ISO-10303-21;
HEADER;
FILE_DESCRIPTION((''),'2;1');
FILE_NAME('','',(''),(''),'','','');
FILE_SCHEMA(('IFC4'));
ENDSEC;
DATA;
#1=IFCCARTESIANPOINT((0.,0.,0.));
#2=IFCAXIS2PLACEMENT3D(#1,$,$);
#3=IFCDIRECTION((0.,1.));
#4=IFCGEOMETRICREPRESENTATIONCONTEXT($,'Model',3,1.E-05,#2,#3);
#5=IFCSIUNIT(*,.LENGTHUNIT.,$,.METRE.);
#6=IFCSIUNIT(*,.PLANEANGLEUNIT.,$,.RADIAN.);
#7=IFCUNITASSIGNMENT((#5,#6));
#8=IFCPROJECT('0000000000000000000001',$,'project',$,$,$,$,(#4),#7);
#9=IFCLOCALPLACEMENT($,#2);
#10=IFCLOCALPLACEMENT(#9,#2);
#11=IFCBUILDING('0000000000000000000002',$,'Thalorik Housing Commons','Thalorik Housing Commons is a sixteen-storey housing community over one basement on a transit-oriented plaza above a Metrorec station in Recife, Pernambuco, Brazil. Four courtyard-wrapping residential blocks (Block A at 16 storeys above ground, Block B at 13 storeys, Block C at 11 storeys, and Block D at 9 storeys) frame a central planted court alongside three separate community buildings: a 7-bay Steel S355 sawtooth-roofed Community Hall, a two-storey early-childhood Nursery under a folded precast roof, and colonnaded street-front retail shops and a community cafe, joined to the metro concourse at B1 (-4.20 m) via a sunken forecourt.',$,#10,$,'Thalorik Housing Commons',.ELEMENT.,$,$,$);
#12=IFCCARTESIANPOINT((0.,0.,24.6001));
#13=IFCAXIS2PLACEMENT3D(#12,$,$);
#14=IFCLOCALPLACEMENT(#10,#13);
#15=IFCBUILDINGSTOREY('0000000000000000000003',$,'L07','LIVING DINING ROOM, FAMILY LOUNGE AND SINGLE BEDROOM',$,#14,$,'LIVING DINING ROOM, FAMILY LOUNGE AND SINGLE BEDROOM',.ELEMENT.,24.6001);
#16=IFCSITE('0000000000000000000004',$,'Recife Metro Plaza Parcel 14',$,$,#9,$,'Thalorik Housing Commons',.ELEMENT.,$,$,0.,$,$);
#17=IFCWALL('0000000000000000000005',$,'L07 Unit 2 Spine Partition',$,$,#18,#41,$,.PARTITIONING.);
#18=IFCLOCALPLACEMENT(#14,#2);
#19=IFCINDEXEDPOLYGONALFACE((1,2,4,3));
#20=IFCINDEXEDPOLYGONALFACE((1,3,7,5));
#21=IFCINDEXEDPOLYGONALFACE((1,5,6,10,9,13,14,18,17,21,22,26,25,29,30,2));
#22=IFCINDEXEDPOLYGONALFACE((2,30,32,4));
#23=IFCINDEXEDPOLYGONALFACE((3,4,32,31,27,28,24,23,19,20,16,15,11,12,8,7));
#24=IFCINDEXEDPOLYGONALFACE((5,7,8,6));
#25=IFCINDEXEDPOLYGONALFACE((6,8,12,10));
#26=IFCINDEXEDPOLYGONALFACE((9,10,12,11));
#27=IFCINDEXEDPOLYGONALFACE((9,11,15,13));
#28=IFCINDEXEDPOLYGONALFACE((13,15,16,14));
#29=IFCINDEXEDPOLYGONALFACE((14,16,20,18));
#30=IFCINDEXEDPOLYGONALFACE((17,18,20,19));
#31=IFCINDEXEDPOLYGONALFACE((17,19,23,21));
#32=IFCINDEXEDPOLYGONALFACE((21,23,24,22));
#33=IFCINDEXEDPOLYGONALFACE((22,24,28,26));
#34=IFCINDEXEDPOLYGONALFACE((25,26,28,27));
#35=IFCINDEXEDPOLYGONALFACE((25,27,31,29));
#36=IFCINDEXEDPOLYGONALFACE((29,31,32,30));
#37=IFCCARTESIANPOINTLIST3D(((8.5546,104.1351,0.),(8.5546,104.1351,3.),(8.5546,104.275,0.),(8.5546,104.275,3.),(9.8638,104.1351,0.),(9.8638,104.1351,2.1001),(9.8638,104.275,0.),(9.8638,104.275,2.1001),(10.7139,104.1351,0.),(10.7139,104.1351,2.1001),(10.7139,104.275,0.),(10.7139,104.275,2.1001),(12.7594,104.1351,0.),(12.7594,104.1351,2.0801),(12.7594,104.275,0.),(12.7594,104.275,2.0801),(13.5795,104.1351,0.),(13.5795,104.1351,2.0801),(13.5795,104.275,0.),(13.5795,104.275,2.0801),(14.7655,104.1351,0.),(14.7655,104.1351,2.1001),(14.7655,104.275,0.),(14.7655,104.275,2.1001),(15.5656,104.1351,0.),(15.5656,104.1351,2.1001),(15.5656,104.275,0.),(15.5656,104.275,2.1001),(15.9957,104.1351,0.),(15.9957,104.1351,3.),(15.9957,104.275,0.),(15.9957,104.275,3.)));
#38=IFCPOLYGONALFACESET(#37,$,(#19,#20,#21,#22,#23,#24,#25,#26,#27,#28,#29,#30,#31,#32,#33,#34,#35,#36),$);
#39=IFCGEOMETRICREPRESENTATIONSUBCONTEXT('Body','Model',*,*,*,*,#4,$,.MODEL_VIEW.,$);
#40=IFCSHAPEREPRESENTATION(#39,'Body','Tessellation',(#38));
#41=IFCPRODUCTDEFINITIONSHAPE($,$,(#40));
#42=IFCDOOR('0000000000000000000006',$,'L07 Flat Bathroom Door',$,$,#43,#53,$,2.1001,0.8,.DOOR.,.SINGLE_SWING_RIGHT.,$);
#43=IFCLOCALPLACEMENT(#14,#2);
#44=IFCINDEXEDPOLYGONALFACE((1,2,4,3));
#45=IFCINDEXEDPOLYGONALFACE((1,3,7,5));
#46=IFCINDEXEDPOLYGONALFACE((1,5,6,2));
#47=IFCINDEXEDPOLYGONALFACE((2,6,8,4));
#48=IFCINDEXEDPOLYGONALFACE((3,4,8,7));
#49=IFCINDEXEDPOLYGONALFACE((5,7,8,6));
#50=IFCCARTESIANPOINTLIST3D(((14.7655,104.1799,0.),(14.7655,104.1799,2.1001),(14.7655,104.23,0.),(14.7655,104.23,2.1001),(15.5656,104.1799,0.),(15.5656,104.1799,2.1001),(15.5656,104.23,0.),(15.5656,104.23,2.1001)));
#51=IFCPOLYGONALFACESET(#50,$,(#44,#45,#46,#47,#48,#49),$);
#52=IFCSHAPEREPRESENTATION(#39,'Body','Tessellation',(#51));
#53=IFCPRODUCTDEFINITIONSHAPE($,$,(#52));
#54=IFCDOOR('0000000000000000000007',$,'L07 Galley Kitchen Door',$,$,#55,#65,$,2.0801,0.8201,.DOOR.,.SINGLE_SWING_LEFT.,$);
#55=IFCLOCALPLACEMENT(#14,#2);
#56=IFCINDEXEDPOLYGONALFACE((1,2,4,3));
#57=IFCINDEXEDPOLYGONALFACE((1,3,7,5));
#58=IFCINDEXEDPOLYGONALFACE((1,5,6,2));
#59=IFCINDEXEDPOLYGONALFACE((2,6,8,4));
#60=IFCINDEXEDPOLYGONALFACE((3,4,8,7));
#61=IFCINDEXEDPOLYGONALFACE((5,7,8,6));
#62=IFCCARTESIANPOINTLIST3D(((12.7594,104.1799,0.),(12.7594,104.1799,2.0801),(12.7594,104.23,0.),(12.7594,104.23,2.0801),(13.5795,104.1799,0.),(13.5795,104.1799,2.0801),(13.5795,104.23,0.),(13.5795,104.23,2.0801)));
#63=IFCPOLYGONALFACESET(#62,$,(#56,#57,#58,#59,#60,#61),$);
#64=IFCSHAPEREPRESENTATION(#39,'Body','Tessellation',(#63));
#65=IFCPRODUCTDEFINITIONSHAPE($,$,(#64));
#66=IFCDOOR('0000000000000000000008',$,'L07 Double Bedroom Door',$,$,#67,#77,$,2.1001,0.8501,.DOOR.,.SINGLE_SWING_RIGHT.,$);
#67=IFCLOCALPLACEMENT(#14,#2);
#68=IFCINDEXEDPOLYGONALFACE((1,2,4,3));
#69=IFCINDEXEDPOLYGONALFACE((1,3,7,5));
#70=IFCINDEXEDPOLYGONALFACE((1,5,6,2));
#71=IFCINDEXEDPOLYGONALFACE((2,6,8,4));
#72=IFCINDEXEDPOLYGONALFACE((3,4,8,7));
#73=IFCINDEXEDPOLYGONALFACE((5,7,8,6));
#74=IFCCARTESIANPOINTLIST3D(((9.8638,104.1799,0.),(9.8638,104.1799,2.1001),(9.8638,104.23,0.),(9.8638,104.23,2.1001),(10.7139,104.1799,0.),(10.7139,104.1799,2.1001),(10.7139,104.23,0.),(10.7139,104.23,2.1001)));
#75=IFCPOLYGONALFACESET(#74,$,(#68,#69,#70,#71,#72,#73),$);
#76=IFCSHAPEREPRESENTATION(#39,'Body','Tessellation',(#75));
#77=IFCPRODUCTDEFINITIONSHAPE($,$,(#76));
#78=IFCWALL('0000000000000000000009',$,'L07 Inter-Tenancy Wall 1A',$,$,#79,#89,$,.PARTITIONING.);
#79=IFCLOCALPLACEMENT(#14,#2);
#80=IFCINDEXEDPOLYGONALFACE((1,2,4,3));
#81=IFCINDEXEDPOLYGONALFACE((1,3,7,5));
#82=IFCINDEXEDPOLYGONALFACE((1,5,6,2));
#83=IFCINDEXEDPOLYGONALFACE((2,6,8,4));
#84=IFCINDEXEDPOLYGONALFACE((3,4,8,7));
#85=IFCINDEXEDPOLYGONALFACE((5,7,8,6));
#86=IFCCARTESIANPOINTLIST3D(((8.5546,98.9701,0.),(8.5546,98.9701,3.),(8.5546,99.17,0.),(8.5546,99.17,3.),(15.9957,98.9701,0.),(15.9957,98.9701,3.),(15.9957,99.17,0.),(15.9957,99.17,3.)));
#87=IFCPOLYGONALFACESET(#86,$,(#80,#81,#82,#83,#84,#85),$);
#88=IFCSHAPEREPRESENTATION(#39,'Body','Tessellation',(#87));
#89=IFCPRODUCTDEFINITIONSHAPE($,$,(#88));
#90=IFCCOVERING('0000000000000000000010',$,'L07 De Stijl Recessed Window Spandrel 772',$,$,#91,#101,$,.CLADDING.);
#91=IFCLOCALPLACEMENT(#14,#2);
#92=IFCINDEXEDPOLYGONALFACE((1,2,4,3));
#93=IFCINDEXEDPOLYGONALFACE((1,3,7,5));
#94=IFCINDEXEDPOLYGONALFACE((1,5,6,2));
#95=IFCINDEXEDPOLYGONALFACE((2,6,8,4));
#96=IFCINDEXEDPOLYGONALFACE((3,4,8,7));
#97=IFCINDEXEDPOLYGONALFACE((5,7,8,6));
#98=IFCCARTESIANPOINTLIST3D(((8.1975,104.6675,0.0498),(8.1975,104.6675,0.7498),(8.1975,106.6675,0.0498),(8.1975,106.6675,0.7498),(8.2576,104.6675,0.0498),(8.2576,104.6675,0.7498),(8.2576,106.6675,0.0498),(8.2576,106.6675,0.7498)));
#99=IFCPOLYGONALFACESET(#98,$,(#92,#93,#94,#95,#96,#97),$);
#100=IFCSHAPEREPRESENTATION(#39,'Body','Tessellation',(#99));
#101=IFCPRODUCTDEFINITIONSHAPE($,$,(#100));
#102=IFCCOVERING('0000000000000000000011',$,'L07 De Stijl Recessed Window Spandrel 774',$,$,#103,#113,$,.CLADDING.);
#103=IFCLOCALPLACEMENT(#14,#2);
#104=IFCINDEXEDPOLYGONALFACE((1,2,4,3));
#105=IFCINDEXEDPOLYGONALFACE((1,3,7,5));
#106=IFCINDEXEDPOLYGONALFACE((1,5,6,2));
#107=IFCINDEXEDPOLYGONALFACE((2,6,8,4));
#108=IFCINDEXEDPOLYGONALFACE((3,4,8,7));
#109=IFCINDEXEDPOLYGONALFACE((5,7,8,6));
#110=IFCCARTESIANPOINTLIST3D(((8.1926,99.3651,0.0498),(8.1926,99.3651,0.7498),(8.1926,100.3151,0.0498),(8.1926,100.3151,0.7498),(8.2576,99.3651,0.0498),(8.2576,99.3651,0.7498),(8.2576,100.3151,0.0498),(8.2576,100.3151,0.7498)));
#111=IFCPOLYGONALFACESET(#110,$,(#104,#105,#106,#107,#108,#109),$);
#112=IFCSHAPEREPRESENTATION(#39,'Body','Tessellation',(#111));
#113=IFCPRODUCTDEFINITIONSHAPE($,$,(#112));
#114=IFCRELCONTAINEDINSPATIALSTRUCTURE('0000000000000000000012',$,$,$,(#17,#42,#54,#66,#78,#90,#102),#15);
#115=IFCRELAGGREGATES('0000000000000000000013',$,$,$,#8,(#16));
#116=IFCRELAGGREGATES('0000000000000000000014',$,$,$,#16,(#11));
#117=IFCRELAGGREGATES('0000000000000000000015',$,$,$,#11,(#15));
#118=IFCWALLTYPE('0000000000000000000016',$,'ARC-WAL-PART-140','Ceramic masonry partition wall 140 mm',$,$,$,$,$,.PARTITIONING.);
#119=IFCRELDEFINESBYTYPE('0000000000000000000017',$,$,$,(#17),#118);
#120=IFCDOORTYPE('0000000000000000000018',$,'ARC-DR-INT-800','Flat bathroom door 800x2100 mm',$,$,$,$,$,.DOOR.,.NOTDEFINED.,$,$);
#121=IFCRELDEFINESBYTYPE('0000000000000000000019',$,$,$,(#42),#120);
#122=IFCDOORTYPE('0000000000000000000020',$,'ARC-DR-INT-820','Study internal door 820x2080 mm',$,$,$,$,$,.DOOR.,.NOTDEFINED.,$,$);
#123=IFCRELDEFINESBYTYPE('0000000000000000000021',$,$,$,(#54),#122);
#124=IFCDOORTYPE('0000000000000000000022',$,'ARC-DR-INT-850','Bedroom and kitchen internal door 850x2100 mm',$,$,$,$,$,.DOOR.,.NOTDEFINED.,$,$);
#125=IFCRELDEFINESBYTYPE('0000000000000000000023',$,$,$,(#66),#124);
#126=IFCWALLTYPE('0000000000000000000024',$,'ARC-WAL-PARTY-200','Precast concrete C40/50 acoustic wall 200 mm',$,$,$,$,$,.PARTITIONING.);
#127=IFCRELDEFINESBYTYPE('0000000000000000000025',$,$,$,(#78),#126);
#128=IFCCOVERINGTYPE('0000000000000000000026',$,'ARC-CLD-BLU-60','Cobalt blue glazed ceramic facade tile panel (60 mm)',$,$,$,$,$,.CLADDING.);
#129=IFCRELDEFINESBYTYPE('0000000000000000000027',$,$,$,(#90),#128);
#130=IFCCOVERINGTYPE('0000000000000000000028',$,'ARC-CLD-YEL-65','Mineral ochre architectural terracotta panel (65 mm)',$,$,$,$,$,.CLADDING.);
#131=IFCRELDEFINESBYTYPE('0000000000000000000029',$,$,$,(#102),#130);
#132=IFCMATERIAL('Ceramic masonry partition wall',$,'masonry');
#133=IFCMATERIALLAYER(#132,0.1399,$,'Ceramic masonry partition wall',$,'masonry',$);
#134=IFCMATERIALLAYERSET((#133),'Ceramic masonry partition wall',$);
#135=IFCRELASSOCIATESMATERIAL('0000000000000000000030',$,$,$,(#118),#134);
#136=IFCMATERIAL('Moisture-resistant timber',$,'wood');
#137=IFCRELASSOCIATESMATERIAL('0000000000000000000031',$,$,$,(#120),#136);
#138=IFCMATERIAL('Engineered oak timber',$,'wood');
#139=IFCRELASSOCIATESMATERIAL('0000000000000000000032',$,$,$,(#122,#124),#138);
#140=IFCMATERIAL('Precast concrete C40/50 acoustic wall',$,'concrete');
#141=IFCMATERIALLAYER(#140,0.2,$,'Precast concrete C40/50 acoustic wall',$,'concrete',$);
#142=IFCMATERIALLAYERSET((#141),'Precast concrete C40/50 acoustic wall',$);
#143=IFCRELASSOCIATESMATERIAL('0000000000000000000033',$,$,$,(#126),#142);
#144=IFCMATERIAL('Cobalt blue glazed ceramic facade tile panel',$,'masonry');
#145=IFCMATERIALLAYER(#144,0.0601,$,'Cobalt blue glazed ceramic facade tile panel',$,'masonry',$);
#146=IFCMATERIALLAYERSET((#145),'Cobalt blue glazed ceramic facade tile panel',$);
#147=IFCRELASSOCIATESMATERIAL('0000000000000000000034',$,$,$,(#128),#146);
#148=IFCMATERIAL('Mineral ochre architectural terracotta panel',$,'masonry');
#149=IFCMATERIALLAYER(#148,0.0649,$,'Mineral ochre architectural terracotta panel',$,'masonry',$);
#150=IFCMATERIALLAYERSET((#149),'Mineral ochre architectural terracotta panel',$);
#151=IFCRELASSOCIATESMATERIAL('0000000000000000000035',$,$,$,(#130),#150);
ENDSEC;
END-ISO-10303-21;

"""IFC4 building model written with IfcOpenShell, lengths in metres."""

from ifc_helpers import new_model, si_unit, direction, frame, frame_2d, origin, origin_2d, place, context, subcontext, project, spatial, rectangle, extrude, material, layer, layer_set, type_object, element, fill, save


model = new_model("IFC4")

# Units and contexts
model_context = context("Model", 3, precision=1e-05, world=origin(), true_north=direction((0.0, 1.0)))
body_context = subcontext(model_context, "Body", "Model", "MODEL_VIEW")
ifc_project = project(units=[si_unit("LENGTHUNIT", "METRE"), si_unit("PLANEANGLEUNIT", "RADIAN")], contexts=[model_context])

# Site, building, storey
site_placement = place(None, origin())
site = spatial("IfcSite", under=ifc_project, at=site_placement, Name="Recife Metro Plaza Parcel 14", LongName="Thalorik Housing Commons", CompositionType="ELEMENT", RefElevation=0.0)
building_placement = place(site_placement, origin())
building = spatial("IfcBuilding", under=site, at=building_placement, Name="Thalorik Housing Commons", Description="Thalorik Housing Commons is a sixteen-storey housing community over one basement on a transit-oriented plaza above a Metrorec station in Recife, Pernambuco, Brazil. Four courtyard-wrapping residential blocks (Block A at 16 storeys above ground, Block B at 13 storeys, Block C at 11 storeys, and Block D at 9 storeys) frame a central planted court alongside three separate community buildings: a 7-bay Steel S355 sawtooth-roofed Community Hall, a two-storey early-childhood Nursery under a folded precast roof, and colonnaded street-front retail shops and a community cafe, joined to the metro concourse at B1 (-4.20 m) via a sunken forecourt.", LongName="Thalorik Housing Commons", CompositionType="ELEMENT")
storey_placement = place(building_placement, frame((0.0, 0.0, 24.6001)))
storey = spatial("IfcBuildingStorey", under=building, at=storey_placement, Name="L07", Description="LIVING DINING ROOM, FAMILY LOUNGE AND SINGLE BEDROOM", LongName="LIVING DINING ROOM, FAMILY LOUNGE AND SINGLE BEDROOM", CompositionType="ELEMENT", Elevation=24.6001)

# Wall, openings, doors
ifc_material_1 = material(Name="Ceramic masonry partition wall", Category="masonry")
ifc_layer_1 = layer(ifc_material_1, 0.1399, Name="Ceramic masonry partition wall", Category="masonry")
ifc_layer_set_1 = layer_set([ifc_layer_1], Name="Ceramic masonry partition wall")
wall_type_1 = type_object("IfcWallType", Name="ARC-WAL-PART-140", Description="Ceramic masonry partition wall 140 mm", PredefinedType="PARTITIONING", material=ifc_layer_set_1)
wall_1_placement = place(storey_placement, frame((8.5544, 104.2051, 0.0), z_axis=(0.0, 0.0, 1.0), x_axis=(1.0, 0.0, 0.0)))
wall_1 = element("IfcWall", 1, at=wall_1_placement, inside=storey, type_object=wall_type_1, Name="L07 Unit 2 Spine Partition", PredefinedType="PARTITIONING", context=body_context, shape_type="SweptSolid", body=[
    extrude(rectangle(XDim=7.4412, YDim=0.1399, at=frame_2d((3.7207, 0.0))), origin(), (0.0, 0.0, 1.0), 3.0),
])
opening_1_placement = place(wall_1_placement, frame((1.3093, 0.0, 0.0)))
opening_1 = element("IfcOpeningElement", 2, at=opening_1_placement, cuts=wall_1, PredefinedType="OPENING", context=body_context, shape_type="SweptSolid", body=[
    extrude(rectangle(XDim=0.8501, YDim=2.1001, at=frame_2d((0.425, 1.05))), frame((0.0, 0.0801, 0.0), z_axis=(0.0, -1.0, 0.0), x_axis=(1.0, 0.0, 0.0)), (0.0, 0.0, 1.0), 0.1599),
])
opening_2_placement = place(wall_1_placement, frame((4.2048, 0.0, 0.0)))
opening_2 = element("IfcOpeningElement", 3, at=opening_2_placement, cuts=wall_1, PredefinedType="OPENING", context=body_context, shape_type="SweptSolid", body=[
    extrude(rectangle(XDim=0.8201, YDim=2.0801, at=frame_2d((0.4102, 1.04))), frame((0.0, 0.0801, 0.0), z_axis=(0.0, -1.0, 0.0), x_axis=(1.0, 0.0, 0.0)), (0.0, 0.0, 1.0), 0.1599),
])
opening_3_placement = place(wall_1_placement, frame((6.2112, 0.0, 0.0)))
opening_3 = element("IfcOpeningElement", 4, at=opening_3_placement, cuts=wall_1, PredefinedType="OPENING", context=body_context, shape_type="SweptSolid", body=[
    extrude(rectangle(XDim=0.8, YDim=2.1001, at=frame_2d((0.3999, 1.05))), frame((0.0, 0.0801, 0.0), z_axis=(0.0, -1.0, 0.0), x_axis=(1.0, 0.0, 0.0)), (0.0, 0.0, 1.0), 0.1599),
])
ifc_material_2 = material(Name="Moisture-resistant timber", Category="wood")
door_type_1 = type_object("IfcDoorType", Name="ARC-DR-INT-800", Description="Flat bathroom door 800x2100 mm", OperationType="NOTDEFINED", PredefinedType="DOOR", material=ifc_material_2)
door_1_placement = place(opening_3_placement, origin())
door_1 = element("IfcDoor", 5, at=door_1_placement, inside=storey, type_object=door_type_1, Name="L07 Flat Bathroom Door", OperationType="SINGLE_SWING_RIGHT", OverallHeight=2.1001, OverallWidth=0.8, PredefinedType="DOOR", context=body_context, shape_type="SweptSolid", body=[
    extrude(rectangle(XDim=0.8, YDim=2.1001, at=frame_2d((0.3999, 1.05))), frame((0.0, 0.0249, 0.0), z_axis=(0.0, -1.0, 0.0), x_axis=(1.0, 0.0, 0.0)), (0.0, 0.0, 1.0), 0.05),
])
fill(opening_3, door_1)
ifc_material_3 = material(Name="Engineered oak timber", Category="wood")
door_type_2 = type_object("IfcDoorType", Name="ARC-DR-INT-820", Description="Study internal door 820x2080 mm", OperationType="NOTDEFINED", PredefinedType="DOOR", material=ifc_material_3)
door_2_placement = place(opening_2_placement, origin())
door_2 = element("IfcDoor", 6, at=door_2_placement, inside=storey, type_object=door_type_2, Name="L07 Galley Kitchen Door", OperationType="SINGLE_SWING_LEFT", OverallHeight=2.0801, OverallWidth=0.8201, PredefinedType="DOOR", context=body_context, shape_type="SweptSolid", body=[
    extrude(rectangle(XDim=0.8201, YDim=2.0801, at=frame_2d((0.4102, 1.04))), frame((0.0, 0.0249, 0.0), z_axis=(0.0, -1.0, 0.0), x_axis=(1.0, 0.0, 0.0)), (0.0, 0.0, 1.0), 0.05),
])
fill(opening_2, door_2)
door_type_3 = type_object("IfcDoorType", Name="ARC-DR-INT-850", Description="Bedroom and kitchen internal door 850x2100 mm", OperationType="NOTDEFINED", PredefinedType="DOOR", material=ifc_material_3)
door_3_placement = place(opening_1_placement, origin())
door_3 = element("IfcDoor", 7, at=door_3_placement, inside=storey, type_object=door_type_3, Name="L07 Double Bedroom Door", OperationType="SINGLE_SWING_RIGHT", OverallHeight=2.1001, OverallWidth=0.8501, PredefinedType="DOOR", context=body_context, shape_type="SweptSolid", body=[
    extrude(rectangle(XDim=0.8501, YDim=2.1001, at=frame_2d((0.425, 1.05))), frame((0.0, 0.0249, 0.0), z_axis=(0.0, -1.0, 0.0), x_axis=(1.0, 0.0, 0.0)), (0.0, 0.0, 1.0), 0.05),
])
fill(opening_1, door_3)

# Wall
ifc_material_4 = material(Name="Precast concrete C40/50 acoustic wall", Category="concrete")
ifc_layer_2 = layer(ifc_material_4, 0.2, Name="Precast concrete C40/50 acoustic wall", Category="concrete")
ifc_layer_set_2 = layer_set([ifc_layer_2], Name="Precast concrete C40/50 acoustic wall")
wall_type_2 = type_object("IfcWallType", Name="ARC-WAL-PARTY-200", Description="Precast concrete C40/50 acoustic wall 200 mm", PredefinedType="PARTITIONING", material=ifc_layer_set_2)
wall_2_placement = place(storey_placement, frame((8.5544, 99.0701, 0.0), z_axis=(0.0, 0.0, 1.0), x_axis=(1.0, 0.0, 0.0)))
element("IfcWall", 8, at=wall_2_placement, inside=storey, type_object=wall_type_2, Name="L07 Inter-Tenancy Wall 1A", PredefinedType="PARTITIONING", context=body_context, shape_type="SweptSolid", body=[
    extrude(rectangle(XDim=7.4412, YDim=0.2, at=frame_2d((3.7207, 0.0))), origin(), (0.0, 0.0, 1.0), 3.0),
])

# Coverings
ifc_material_5 = material(Name="Cobalt blue glazed ceramic facade tile panel", Category="masonry")
ifc_layer_3 = layer(ifc_material_5, 0.0601, Name="Cobalt blue glazed ceramic facade tile panel", Category="masonry")
ifc_layer_set_3 = layer_set([ifc_layer_3], Name="Cobalt blue glazed ceramic facade tile panel")
covering_type_1 = type_object("IfcCoveringType", Name="ARC-CLD-BLU-60", Description="Cobalt blue glazed ceramic facade tile panel (60 mm)", PredefinedType="CLADDING", material=ifc_layer_set_3)
covering_1_placement = place(storey_placement, frame((8.2275, 105.6675, 0.0498), z_axis=(0.0, 0.0, 1.0), x_axis=(0.0, -1.0, 0.0)))
element("IfcCovering", 9, at=covering_1_placement, inside=storey, type_object=covering_type_1, Name="L07 De Stijl Recessed Window Spandrel 772", PredefinedType="CLADDING", context=body_context, shape_type="SweptSolid", body=[
    extrude(rectangle(XDim=2.0, YDim=0.0601, at=origin_2d()), origin(), (0.0, 0.0, 1.0), 0.7),
])
ifc_material_6 = material(Name="Mineral ochre architectural terracotta panel", Category="masonry")
ifc_layer_4 = layer(ifc_material_6, 0.0649, Name="Mineral ochre architectural terracotta panel", Category="masonry")
ifc_layer_set_4 = layer_set([ifc_layer_4], Name="Mineral ochre architectural terracotta panel")
covering_type_2 = type_object("IfcCoveringType", Name="ARC-CLD-YEL-65", Description="Mineral ochre architectural terracotta panel (65 mm)", PredefinedType="CLADDING", material=ifc_layer_set_4)
covering_2_placement = place(storey_placement, frame((8.2251, 99.8401, 0.0498), z_axis=(0.0, 0.0, 1.0), x_axis=(0.0, -1.0, 0.0)))
element("IfcCovering", 10, at=covering_2_placement, inside=storey, type_object=covering_type_2, Name="L07 De Stijl Recessed Window Spandrel 774", PredefinedType="CLADDING", context=body_context, shape_type="SweptSolid", body=[
    extrude(rectangle(XDim=0.95, YDim=0.0649, at=origin_2d()), origin(), (0.0, 0.0, 1.0), 0.7),
])

save(model, "model.ifc")
